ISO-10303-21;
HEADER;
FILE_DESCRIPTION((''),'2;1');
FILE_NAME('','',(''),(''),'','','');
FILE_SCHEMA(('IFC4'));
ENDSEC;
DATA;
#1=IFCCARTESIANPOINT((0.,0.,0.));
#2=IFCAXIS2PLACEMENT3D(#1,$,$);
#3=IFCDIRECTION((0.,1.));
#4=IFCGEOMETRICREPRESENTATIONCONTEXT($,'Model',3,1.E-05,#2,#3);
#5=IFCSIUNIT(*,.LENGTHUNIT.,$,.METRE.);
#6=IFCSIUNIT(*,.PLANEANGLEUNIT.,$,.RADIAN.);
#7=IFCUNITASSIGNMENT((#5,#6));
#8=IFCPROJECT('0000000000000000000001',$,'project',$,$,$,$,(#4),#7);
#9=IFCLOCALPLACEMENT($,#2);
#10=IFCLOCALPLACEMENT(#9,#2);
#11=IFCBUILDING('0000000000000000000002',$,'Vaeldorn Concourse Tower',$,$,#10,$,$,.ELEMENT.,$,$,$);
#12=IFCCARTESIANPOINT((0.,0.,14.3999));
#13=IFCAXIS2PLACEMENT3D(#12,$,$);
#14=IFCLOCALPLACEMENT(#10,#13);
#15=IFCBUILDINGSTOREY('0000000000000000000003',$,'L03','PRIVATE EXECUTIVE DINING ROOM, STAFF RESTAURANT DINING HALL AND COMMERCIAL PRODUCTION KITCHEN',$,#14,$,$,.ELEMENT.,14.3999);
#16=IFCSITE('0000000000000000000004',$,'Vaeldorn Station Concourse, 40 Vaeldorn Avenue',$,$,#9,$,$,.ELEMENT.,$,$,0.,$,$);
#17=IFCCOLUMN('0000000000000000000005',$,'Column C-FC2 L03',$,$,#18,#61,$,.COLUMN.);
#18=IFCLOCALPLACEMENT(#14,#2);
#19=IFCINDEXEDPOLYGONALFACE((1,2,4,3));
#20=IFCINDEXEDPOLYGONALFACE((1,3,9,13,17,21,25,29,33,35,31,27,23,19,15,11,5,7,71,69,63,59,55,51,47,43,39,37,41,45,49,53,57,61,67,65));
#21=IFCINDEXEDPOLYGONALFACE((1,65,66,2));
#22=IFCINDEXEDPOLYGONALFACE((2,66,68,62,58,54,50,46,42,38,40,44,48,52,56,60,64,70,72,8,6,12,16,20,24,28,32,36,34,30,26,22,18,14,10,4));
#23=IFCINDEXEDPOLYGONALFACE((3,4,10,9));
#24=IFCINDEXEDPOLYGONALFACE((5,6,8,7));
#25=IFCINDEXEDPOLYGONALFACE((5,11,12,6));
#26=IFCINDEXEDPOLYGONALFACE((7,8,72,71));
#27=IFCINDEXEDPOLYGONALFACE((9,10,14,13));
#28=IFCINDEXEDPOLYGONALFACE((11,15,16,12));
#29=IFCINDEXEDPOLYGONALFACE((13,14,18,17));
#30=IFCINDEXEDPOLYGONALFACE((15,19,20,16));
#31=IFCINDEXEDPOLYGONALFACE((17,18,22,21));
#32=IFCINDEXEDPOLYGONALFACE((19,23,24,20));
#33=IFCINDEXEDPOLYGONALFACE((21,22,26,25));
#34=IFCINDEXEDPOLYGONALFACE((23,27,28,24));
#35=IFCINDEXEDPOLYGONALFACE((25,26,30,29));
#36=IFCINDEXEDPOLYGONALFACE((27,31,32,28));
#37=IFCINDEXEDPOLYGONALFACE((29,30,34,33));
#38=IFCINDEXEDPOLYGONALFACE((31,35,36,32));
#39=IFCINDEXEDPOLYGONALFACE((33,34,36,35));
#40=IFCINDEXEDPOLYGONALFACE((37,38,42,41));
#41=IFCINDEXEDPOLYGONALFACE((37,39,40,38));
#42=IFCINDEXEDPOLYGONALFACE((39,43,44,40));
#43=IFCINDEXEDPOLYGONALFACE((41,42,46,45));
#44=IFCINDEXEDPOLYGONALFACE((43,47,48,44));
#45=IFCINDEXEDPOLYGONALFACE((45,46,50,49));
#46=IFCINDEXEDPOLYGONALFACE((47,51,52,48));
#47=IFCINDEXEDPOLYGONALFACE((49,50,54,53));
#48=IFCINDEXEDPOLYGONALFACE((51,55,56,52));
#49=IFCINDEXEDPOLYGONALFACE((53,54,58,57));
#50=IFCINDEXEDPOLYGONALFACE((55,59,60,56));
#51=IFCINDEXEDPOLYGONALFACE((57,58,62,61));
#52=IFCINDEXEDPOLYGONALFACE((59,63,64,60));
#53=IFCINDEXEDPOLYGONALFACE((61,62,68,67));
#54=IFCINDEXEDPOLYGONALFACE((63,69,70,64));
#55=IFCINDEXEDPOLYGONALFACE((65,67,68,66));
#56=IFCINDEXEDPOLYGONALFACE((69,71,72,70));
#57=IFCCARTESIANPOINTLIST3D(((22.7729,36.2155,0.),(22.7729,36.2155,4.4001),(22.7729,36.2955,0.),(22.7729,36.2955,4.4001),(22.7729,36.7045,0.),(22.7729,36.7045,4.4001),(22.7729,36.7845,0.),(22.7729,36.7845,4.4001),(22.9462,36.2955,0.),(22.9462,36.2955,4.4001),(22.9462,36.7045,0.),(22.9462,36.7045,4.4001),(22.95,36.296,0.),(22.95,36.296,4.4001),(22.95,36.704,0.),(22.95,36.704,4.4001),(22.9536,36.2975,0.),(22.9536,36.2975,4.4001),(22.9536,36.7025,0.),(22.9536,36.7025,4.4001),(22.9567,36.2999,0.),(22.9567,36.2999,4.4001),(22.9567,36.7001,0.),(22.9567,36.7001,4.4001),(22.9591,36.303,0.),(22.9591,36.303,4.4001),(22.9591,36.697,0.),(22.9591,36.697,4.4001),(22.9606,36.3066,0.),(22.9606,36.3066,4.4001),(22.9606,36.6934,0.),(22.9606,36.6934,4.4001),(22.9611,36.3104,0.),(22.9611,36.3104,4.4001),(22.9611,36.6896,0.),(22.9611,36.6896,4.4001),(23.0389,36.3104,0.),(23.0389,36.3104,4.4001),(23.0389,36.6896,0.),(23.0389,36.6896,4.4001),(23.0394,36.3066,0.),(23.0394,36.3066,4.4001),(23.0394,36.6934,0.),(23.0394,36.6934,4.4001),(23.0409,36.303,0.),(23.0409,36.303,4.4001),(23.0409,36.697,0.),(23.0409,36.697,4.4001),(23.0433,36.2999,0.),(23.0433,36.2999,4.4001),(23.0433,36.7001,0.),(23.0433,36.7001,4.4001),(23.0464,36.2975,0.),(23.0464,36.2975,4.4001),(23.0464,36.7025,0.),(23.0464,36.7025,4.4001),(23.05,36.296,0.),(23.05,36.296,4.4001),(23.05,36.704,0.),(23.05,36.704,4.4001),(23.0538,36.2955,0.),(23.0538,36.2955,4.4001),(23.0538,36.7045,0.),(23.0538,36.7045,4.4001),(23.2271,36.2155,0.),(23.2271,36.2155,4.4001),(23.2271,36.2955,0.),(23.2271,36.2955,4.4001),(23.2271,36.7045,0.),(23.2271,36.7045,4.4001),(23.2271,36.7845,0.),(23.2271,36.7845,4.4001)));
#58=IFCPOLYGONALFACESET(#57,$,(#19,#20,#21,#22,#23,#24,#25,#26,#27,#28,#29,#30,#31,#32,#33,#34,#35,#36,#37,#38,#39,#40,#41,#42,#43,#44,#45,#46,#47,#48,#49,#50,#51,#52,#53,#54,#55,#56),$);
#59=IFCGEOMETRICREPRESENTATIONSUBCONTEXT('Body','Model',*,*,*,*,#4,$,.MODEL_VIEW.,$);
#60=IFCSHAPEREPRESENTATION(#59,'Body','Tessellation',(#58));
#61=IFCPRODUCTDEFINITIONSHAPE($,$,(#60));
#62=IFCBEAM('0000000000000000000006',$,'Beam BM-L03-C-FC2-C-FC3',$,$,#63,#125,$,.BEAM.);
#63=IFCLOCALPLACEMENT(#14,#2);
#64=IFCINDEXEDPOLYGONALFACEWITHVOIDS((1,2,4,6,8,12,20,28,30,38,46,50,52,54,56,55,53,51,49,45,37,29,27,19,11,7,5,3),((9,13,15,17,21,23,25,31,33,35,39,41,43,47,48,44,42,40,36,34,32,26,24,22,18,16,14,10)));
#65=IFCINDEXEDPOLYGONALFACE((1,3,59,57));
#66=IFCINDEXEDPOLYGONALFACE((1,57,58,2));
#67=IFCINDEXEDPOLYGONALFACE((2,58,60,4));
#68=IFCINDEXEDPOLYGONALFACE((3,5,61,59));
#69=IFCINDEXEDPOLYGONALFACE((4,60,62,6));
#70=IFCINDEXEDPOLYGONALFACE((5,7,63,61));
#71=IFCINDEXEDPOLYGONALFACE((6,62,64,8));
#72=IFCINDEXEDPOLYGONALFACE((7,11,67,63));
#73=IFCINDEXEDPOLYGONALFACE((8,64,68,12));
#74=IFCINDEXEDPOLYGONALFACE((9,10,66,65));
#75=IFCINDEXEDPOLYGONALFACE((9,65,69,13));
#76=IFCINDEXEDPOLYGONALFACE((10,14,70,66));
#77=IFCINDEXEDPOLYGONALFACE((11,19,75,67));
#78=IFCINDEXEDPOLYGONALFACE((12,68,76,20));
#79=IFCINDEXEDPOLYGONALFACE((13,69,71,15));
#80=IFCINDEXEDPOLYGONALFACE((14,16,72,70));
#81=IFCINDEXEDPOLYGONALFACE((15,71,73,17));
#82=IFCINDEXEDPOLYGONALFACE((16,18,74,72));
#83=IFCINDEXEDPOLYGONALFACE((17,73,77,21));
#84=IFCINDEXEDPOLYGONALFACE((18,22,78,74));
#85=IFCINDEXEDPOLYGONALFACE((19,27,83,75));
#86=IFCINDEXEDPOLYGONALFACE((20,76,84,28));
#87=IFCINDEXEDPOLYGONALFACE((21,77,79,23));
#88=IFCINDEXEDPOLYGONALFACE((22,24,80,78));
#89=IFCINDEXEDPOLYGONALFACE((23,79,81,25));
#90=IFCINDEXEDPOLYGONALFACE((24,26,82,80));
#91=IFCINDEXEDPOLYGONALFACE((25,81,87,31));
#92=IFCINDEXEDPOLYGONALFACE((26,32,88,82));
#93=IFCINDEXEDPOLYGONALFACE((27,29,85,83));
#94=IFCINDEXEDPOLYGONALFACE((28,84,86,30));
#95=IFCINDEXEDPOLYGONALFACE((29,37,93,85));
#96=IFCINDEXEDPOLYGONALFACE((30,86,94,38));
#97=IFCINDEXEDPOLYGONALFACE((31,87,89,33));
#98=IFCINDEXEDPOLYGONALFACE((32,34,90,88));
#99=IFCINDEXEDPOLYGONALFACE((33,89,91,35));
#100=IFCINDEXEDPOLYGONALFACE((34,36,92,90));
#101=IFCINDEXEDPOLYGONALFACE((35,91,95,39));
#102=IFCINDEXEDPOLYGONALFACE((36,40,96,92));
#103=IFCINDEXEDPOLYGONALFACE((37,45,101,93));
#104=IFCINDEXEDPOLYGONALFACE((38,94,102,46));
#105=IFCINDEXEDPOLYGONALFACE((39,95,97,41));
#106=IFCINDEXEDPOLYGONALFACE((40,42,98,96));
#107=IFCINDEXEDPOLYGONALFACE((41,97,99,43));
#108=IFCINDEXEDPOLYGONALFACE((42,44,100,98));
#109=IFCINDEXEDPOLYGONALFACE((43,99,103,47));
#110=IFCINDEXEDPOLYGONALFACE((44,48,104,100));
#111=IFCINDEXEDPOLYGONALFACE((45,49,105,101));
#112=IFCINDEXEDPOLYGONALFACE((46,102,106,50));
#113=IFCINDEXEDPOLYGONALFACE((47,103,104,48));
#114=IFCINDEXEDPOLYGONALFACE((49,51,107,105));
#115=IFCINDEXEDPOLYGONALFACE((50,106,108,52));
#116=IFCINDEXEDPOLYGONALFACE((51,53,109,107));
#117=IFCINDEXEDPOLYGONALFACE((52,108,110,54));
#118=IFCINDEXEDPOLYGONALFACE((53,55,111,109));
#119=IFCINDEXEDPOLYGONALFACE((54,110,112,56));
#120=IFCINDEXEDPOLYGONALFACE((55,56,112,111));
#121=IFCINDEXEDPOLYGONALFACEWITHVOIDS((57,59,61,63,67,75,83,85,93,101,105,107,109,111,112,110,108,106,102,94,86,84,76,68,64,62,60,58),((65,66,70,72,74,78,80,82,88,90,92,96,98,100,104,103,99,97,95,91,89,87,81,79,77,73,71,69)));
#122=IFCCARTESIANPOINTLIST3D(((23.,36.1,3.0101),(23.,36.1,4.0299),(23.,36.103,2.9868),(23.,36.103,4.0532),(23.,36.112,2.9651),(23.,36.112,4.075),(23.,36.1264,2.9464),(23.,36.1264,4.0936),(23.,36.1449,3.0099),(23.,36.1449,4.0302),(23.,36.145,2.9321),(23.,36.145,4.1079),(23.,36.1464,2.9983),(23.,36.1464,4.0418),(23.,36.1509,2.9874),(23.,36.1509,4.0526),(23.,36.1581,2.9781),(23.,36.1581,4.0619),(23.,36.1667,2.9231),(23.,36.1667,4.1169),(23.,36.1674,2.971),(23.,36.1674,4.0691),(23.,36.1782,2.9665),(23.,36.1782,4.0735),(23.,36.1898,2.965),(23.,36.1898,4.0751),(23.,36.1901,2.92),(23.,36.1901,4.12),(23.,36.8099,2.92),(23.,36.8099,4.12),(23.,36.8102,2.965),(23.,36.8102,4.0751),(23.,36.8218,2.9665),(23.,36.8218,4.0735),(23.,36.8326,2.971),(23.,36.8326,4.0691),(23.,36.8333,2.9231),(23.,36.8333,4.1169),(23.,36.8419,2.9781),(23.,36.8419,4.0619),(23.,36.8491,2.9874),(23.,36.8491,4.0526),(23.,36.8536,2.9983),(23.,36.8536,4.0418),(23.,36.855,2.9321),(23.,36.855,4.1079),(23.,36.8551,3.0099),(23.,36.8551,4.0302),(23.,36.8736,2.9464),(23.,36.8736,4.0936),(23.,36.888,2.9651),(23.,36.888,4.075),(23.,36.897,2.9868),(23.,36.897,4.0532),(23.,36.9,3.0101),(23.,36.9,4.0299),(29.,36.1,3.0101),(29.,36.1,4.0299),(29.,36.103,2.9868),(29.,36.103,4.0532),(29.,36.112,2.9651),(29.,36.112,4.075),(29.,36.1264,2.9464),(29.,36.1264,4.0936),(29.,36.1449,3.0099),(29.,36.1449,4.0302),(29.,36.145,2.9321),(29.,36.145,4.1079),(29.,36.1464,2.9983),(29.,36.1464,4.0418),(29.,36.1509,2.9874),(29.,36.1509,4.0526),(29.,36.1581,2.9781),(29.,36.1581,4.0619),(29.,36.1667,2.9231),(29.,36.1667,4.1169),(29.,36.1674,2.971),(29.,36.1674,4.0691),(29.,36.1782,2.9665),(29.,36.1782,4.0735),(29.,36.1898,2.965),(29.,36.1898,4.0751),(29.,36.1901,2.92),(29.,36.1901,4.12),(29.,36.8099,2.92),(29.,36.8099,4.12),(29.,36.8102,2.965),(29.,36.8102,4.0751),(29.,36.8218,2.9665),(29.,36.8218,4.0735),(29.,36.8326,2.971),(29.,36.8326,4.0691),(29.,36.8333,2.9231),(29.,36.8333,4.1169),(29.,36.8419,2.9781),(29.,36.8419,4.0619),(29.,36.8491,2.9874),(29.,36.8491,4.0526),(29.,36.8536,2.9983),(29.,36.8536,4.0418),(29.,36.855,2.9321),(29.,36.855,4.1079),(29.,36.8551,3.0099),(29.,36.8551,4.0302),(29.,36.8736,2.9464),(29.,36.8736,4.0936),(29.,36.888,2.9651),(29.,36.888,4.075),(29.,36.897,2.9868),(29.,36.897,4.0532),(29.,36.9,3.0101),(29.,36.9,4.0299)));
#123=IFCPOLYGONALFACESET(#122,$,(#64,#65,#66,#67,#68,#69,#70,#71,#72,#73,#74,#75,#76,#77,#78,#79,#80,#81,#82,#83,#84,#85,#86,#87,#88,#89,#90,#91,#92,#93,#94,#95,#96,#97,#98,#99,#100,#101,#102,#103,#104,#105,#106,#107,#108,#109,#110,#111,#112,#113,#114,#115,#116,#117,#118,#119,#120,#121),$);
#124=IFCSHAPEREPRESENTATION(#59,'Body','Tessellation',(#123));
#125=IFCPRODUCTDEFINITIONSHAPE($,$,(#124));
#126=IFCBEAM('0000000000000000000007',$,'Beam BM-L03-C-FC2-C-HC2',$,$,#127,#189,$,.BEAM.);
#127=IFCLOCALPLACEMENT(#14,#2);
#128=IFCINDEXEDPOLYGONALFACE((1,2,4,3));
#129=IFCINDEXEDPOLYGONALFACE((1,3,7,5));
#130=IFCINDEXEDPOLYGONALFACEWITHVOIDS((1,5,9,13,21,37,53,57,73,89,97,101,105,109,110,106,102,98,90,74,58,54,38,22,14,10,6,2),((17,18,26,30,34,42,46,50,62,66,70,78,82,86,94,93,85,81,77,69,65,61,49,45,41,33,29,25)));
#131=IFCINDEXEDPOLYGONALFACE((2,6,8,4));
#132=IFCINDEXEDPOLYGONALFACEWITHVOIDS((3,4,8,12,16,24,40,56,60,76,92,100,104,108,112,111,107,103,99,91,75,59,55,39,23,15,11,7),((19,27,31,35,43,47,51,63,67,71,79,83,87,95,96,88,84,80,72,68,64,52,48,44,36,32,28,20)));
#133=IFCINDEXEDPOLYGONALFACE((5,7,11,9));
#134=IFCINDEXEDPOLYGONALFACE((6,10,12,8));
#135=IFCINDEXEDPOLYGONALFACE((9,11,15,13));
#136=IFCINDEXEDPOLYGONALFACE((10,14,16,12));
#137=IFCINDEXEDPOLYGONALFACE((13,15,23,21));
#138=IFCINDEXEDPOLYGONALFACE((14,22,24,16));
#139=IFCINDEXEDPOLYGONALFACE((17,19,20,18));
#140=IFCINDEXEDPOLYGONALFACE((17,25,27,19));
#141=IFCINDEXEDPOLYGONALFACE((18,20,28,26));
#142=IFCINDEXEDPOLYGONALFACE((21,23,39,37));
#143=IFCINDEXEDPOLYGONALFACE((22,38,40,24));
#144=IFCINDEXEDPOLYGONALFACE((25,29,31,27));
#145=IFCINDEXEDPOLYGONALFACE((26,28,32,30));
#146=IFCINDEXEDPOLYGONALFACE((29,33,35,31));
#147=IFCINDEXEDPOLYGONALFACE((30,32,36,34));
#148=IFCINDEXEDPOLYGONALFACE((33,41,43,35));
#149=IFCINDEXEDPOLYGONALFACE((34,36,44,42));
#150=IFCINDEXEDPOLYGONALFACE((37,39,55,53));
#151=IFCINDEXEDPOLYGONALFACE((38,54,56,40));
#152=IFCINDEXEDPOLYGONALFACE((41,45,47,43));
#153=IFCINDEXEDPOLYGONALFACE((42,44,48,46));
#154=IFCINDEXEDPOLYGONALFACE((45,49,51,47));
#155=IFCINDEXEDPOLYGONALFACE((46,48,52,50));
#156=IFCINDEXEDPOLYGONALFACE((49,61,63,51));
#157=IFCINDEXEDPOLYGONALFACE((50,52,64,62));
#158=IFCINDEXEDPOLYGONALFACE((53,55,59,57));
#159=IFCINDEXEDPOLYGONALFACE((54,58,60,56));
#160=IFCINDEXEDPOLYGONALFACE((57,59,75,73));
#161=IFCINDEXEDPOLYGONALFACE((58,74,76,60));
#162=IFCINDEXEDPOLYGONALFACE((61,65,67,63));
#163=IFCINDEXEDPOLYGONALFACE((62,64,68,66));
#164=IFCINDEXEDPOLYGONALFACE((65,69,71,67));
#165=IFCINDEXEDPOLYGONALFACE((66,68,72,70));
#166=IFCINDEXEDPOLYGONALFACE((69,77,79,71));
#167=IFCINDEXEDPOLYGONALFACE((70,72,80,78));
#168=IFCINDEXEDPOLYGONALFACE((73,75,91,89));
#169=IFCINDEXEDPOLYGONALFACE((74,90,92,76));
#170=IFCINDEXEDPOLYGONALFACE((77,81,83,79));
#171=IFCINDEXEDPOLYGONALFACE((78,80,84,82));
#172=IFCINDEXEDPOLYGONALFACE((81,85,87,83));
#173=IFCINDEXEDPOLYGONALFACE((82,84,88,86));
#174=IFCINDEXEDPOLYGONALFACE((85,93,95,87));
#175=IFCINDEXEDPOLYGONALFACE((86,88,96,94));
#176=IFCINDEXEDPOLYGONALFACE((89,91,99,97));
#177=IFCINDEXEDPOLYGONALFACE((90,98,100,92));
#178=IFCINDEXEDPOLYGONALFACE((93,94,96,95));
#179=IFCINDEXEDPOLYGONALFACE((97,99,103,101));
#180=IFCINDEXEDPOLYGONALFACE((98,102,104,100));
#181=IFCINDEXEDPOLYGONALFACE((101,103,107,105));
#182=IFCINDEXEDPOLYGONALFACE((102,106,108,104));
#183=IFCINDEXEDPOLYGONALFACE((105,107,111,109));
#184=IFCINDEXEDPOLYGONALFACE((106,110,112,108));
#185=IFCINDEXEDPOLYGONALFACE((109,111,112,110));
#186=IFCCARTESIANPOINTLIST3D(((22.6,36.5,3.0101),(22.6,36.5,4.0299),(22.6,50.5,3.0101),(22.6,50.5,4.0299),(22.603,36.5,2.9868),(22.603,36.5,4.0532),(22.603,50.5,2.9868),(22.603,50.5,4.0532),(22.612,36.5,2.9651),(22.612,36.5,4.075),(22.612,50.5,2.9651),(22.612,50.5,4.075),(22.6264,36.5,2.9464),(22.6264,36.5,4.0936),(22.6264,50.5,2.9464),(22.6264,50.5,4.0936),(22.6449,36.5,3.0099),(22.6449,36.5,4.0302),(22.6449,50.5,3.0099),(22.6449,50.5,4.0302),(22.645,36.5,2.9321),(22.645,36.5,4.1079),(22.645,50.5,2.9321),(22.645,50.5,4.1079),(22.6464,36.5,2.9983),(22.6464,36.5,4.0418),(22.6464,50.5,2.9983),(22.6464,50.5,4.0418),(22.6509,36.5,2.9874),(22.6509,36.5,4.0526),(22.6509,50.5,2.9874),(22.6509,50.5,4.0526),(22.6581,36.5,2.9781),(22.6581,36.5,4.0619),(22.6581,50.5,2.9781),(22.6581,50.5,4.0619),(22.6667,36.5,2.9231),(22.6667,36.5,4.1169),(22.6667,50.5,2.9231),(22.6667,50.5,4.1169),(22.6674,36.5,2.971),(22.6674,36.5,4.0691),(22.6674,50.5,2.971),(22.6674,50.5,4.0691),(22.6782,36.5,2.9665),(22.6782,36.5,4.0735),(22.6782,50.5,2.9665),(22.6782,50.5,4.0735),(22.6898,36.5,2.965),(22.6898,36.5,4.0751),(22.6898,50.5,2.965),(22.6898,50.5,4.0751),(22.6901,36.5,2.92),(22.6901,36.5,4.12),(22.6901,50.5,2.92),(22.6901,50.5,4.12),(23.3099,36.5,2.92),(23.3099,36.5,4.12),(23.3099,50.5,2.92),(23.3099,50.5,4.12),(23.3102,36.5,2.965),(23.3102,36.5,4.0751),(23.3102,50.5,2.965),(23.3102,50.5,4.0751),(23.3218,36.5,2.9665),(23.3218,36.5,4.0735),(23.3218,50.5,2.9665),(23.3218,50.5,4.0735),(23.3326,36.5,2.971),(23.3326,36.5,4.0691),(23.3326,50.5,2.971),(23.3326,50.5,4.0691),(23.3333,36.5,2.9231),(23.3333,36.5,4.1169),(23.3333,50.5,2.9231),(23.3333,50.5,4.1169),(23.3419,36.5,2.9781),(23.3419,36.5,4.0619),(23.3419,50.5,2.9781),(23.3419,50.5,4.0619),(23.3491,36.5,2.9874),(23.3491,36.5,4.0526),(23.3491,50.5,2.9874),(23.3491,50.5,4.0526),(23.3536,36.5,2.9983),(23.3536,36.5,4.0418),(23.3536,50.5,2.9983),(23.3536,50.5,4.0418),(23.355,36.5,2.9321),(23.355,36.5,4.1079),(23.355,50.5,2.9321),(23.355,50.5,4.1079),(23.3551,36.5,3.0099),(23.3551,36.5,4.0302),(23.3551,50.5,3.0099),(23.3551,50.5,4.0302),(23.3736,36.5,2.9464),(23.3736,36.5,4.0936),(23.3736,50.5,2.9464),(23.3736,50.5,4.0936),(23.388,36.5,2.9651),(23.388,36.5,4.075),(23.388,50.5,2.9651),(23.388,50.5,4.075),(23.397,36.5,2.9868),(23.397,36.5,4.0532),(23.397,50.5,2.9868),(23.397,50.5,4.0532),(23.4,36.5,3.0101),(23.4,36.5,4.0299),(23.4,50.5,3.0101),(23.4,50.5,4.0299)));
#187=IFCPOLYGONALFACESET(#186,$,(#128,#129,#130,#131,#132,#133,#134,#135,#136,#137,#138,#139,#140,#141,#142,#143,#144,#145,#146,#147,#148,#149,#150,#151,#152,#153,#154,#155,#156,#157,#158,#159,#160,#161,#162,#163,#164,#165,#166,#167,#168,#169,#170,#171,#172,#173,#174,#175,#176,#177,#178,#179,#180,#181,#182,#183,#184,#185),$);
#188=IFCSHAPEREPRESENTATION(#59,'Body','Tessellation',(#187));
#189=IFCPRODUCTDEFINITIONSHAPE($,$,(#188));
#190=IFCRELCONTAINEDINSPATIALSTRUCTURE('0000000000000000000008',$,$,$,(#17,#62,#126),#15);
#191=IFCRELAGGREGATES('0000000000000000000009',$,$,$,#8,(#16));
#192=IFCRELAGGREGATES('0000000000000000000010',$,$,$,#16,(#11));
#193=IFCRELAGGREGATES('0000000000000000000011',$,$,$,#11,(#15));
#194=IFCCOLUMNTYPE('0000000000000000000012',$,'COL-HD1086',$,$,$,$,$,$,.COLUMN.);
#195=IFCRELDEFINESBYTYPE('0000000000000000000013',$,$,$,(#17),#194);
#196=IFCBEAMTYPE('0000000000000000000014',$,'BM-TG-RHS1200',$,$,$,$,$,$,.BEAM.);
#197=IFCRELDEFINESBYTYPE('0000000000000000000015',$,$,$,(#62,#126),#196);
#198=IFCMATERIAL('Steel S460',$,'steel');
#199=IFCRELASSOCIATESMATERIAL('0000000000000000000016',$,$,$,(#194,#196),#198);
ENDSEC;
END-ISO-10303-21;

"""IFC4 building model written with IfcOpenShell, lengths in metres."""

from ifc_helpers import new_model, si_unit, direction, frame, origin, origin_2d, place, context, subcontext, project, spatial, hollow_rectangle, i_section, extrude, source, transform, mapped, material, material_profile, profile_set, type_object, element, save


model = new_model("IFC4")

# Units and contexts
model_context = context("Model", 3, precision=1e-05, world=origin(), true_north=direction((0.0, 1.0)))
body_context = subcontext(model_context, "Body", "Model", "MODEL_VIEW")
ifc_project = project(units=[si_unit("LENGTHUNIT", "METRE"), si_unit("PLANEANGLEUNIT", "RADIAN")], contexts=[model_context])

# Site, building, storey
site_placement = place(None, origin())
site = spatial("IfcSite", under=ifc_project, at=site_placement, Name="Vaeldorn Station Concourse, 40 Vaeldorn Avenue", CompositionType="ELEMENT", RefElevation=0.0)
building_placement = place(site_placement, origin())
building = spatial("IfcBuilding", under=site, at=building_placement, Name="Vaeldorn Concourse Tower", CompositionType="ELEMENT")
storey_placement = place(building_placement, frame((0.0, 0.0, 14.3999)))
storey = spatial("IfcBuildingStorey", under=building, at=storey_placement, Name="L03", Description="PRIVATE EXECUTIVE DINING ROOM, STAFF RESTAURANT DINING HALL AND COMMERCIAL PRODUCTION KITCHEN", CompositionType="ELEMENT", Elevation=14.3999)

# Column
ifc_material_1 = material(Name="Steel S460", Category="steel")
ifc_material_profile_1 = material_profile(ifc_material_1, i_section(OverallWidth=0.4541, OverallDepth=0.5691, WebThickness=0.0779, FlangeThickness=0.0801, FilletRadius=0.0149, at=origin_2d()), Name="HD 400x1086")
ifc_profile_set_1 = profile_set([ifc_material_profile_1], Name="Steel S460")
column_type = type_object("IfcColumnType", Name="COL-HD1086", PredefinedType="COLUMN", material=ifc_profile_set_1)
shared_shape_1 = source(origin(), body_context, "Body", "SweptSolid", [
    extrude(i_section(OverallWidth=0.4541, OverallDepth=0.5691, WebThickness=0.0779, FlangeThickness=0.0801, FilletRadius=0.0149, at=origin_2d()), origin(), (0.0, 0.0, 1.0), 4.4001),
])
column_placement = place(storey_placement, frame((23.0, 36.5, 0.0), z_axis=(0.0, 0.0, 1.0), x_axis=(1.0, 0.0, 0.0)))
element("IfcColumn", 1, at=column_placement, inside=storey, type_object=column_type, Name="Column C-FC2 L03", PredefinedType="COLUMN", context=body_context, shape_type="MappedRepresentation", body=[
    mapped(shared_shape_1, transform((0.0, 0.0, 0.0), scale=1.0)),
])

# Beams
ifc_material_profile_2 = material_profile(ifc_material_1, hollow_rectangle(XDim=0.8, YDim=1.2, WallThickness=0.0449, InnerFilletRadius=0.0449, OuterFilletRadius=0.0901, at=origin_2d()), Name="RHS 1200x800x45")
ifc_profile_set_2 = profile_set([ifc_material_profile_2], Name="Steel S460")
beam_type = type_object("IfcBeamType", Name="BM-TG-RHS1200", PredefinedType="BEAM", material=ifc_profile_set_2)
shared_shape_2 = source(origin(), body_context, "Body", "SweptSolid", [
    extrude(hollow_rectangle(XDim=0.8, YDim=1.2, WallThickness=0.0449, InnerFilletRadius=0.0449, OuterFilletRadius=0.0901, at=origin_2d()), origin(), (0.0, 0.0, 1.0), 6.0),
])
beam_1_placement = place(storey_placement, frame((23.0, 36.5, 3.52), z_axis=(1.0, 0.0, 0.0), x_axis=(0.0, 1.0, 0.0)))
element("IfcBeam", 2, at=beam_1_placement, inside=storey, type_object=beam_type, Name="Beam BM-L03-C-FC2-C-FC3", PredefinedType="BEAM", context=body_context, shape_type="MappedRepresentation", body=[
    mapped(shared_shape_2, transform((0.0, 0.0, 0.0), scale=1.0)),
])
shared_shape_3 = source(origin(), body_context, "Body", "SweptSolid", [
    extrude(hollow_rectangle(XDim=0.8, YDim=1.2, WallThickness=0.0449, InnerFilletRadius=0.0449, OuterFilletRadius=0.0901, at=origin_2d()), origin(), (0.0, 0.0, 1.0), 14.0),
])
beam_2_placement = place(storey_placement, frame((23.0, 36.5, 3.52), z_axis=(0.0, 1.0, 0.0), x_axis=(-1.0, 0.0, 0.0)))
element("IfcBeam", 3, at=beam_2_placement, inside=storey, type_object=beam_type, Name="Beam BM-L03-C-FC2-C-HC2", PredefinedType="BEAM", context=body_context, shape_type="MappedRepresentation", body=[
    mapped(shared_shape_3, transform((0.0, 0.0, 0.0), scale=1.0)),
])

save(model, "model.ifc")
